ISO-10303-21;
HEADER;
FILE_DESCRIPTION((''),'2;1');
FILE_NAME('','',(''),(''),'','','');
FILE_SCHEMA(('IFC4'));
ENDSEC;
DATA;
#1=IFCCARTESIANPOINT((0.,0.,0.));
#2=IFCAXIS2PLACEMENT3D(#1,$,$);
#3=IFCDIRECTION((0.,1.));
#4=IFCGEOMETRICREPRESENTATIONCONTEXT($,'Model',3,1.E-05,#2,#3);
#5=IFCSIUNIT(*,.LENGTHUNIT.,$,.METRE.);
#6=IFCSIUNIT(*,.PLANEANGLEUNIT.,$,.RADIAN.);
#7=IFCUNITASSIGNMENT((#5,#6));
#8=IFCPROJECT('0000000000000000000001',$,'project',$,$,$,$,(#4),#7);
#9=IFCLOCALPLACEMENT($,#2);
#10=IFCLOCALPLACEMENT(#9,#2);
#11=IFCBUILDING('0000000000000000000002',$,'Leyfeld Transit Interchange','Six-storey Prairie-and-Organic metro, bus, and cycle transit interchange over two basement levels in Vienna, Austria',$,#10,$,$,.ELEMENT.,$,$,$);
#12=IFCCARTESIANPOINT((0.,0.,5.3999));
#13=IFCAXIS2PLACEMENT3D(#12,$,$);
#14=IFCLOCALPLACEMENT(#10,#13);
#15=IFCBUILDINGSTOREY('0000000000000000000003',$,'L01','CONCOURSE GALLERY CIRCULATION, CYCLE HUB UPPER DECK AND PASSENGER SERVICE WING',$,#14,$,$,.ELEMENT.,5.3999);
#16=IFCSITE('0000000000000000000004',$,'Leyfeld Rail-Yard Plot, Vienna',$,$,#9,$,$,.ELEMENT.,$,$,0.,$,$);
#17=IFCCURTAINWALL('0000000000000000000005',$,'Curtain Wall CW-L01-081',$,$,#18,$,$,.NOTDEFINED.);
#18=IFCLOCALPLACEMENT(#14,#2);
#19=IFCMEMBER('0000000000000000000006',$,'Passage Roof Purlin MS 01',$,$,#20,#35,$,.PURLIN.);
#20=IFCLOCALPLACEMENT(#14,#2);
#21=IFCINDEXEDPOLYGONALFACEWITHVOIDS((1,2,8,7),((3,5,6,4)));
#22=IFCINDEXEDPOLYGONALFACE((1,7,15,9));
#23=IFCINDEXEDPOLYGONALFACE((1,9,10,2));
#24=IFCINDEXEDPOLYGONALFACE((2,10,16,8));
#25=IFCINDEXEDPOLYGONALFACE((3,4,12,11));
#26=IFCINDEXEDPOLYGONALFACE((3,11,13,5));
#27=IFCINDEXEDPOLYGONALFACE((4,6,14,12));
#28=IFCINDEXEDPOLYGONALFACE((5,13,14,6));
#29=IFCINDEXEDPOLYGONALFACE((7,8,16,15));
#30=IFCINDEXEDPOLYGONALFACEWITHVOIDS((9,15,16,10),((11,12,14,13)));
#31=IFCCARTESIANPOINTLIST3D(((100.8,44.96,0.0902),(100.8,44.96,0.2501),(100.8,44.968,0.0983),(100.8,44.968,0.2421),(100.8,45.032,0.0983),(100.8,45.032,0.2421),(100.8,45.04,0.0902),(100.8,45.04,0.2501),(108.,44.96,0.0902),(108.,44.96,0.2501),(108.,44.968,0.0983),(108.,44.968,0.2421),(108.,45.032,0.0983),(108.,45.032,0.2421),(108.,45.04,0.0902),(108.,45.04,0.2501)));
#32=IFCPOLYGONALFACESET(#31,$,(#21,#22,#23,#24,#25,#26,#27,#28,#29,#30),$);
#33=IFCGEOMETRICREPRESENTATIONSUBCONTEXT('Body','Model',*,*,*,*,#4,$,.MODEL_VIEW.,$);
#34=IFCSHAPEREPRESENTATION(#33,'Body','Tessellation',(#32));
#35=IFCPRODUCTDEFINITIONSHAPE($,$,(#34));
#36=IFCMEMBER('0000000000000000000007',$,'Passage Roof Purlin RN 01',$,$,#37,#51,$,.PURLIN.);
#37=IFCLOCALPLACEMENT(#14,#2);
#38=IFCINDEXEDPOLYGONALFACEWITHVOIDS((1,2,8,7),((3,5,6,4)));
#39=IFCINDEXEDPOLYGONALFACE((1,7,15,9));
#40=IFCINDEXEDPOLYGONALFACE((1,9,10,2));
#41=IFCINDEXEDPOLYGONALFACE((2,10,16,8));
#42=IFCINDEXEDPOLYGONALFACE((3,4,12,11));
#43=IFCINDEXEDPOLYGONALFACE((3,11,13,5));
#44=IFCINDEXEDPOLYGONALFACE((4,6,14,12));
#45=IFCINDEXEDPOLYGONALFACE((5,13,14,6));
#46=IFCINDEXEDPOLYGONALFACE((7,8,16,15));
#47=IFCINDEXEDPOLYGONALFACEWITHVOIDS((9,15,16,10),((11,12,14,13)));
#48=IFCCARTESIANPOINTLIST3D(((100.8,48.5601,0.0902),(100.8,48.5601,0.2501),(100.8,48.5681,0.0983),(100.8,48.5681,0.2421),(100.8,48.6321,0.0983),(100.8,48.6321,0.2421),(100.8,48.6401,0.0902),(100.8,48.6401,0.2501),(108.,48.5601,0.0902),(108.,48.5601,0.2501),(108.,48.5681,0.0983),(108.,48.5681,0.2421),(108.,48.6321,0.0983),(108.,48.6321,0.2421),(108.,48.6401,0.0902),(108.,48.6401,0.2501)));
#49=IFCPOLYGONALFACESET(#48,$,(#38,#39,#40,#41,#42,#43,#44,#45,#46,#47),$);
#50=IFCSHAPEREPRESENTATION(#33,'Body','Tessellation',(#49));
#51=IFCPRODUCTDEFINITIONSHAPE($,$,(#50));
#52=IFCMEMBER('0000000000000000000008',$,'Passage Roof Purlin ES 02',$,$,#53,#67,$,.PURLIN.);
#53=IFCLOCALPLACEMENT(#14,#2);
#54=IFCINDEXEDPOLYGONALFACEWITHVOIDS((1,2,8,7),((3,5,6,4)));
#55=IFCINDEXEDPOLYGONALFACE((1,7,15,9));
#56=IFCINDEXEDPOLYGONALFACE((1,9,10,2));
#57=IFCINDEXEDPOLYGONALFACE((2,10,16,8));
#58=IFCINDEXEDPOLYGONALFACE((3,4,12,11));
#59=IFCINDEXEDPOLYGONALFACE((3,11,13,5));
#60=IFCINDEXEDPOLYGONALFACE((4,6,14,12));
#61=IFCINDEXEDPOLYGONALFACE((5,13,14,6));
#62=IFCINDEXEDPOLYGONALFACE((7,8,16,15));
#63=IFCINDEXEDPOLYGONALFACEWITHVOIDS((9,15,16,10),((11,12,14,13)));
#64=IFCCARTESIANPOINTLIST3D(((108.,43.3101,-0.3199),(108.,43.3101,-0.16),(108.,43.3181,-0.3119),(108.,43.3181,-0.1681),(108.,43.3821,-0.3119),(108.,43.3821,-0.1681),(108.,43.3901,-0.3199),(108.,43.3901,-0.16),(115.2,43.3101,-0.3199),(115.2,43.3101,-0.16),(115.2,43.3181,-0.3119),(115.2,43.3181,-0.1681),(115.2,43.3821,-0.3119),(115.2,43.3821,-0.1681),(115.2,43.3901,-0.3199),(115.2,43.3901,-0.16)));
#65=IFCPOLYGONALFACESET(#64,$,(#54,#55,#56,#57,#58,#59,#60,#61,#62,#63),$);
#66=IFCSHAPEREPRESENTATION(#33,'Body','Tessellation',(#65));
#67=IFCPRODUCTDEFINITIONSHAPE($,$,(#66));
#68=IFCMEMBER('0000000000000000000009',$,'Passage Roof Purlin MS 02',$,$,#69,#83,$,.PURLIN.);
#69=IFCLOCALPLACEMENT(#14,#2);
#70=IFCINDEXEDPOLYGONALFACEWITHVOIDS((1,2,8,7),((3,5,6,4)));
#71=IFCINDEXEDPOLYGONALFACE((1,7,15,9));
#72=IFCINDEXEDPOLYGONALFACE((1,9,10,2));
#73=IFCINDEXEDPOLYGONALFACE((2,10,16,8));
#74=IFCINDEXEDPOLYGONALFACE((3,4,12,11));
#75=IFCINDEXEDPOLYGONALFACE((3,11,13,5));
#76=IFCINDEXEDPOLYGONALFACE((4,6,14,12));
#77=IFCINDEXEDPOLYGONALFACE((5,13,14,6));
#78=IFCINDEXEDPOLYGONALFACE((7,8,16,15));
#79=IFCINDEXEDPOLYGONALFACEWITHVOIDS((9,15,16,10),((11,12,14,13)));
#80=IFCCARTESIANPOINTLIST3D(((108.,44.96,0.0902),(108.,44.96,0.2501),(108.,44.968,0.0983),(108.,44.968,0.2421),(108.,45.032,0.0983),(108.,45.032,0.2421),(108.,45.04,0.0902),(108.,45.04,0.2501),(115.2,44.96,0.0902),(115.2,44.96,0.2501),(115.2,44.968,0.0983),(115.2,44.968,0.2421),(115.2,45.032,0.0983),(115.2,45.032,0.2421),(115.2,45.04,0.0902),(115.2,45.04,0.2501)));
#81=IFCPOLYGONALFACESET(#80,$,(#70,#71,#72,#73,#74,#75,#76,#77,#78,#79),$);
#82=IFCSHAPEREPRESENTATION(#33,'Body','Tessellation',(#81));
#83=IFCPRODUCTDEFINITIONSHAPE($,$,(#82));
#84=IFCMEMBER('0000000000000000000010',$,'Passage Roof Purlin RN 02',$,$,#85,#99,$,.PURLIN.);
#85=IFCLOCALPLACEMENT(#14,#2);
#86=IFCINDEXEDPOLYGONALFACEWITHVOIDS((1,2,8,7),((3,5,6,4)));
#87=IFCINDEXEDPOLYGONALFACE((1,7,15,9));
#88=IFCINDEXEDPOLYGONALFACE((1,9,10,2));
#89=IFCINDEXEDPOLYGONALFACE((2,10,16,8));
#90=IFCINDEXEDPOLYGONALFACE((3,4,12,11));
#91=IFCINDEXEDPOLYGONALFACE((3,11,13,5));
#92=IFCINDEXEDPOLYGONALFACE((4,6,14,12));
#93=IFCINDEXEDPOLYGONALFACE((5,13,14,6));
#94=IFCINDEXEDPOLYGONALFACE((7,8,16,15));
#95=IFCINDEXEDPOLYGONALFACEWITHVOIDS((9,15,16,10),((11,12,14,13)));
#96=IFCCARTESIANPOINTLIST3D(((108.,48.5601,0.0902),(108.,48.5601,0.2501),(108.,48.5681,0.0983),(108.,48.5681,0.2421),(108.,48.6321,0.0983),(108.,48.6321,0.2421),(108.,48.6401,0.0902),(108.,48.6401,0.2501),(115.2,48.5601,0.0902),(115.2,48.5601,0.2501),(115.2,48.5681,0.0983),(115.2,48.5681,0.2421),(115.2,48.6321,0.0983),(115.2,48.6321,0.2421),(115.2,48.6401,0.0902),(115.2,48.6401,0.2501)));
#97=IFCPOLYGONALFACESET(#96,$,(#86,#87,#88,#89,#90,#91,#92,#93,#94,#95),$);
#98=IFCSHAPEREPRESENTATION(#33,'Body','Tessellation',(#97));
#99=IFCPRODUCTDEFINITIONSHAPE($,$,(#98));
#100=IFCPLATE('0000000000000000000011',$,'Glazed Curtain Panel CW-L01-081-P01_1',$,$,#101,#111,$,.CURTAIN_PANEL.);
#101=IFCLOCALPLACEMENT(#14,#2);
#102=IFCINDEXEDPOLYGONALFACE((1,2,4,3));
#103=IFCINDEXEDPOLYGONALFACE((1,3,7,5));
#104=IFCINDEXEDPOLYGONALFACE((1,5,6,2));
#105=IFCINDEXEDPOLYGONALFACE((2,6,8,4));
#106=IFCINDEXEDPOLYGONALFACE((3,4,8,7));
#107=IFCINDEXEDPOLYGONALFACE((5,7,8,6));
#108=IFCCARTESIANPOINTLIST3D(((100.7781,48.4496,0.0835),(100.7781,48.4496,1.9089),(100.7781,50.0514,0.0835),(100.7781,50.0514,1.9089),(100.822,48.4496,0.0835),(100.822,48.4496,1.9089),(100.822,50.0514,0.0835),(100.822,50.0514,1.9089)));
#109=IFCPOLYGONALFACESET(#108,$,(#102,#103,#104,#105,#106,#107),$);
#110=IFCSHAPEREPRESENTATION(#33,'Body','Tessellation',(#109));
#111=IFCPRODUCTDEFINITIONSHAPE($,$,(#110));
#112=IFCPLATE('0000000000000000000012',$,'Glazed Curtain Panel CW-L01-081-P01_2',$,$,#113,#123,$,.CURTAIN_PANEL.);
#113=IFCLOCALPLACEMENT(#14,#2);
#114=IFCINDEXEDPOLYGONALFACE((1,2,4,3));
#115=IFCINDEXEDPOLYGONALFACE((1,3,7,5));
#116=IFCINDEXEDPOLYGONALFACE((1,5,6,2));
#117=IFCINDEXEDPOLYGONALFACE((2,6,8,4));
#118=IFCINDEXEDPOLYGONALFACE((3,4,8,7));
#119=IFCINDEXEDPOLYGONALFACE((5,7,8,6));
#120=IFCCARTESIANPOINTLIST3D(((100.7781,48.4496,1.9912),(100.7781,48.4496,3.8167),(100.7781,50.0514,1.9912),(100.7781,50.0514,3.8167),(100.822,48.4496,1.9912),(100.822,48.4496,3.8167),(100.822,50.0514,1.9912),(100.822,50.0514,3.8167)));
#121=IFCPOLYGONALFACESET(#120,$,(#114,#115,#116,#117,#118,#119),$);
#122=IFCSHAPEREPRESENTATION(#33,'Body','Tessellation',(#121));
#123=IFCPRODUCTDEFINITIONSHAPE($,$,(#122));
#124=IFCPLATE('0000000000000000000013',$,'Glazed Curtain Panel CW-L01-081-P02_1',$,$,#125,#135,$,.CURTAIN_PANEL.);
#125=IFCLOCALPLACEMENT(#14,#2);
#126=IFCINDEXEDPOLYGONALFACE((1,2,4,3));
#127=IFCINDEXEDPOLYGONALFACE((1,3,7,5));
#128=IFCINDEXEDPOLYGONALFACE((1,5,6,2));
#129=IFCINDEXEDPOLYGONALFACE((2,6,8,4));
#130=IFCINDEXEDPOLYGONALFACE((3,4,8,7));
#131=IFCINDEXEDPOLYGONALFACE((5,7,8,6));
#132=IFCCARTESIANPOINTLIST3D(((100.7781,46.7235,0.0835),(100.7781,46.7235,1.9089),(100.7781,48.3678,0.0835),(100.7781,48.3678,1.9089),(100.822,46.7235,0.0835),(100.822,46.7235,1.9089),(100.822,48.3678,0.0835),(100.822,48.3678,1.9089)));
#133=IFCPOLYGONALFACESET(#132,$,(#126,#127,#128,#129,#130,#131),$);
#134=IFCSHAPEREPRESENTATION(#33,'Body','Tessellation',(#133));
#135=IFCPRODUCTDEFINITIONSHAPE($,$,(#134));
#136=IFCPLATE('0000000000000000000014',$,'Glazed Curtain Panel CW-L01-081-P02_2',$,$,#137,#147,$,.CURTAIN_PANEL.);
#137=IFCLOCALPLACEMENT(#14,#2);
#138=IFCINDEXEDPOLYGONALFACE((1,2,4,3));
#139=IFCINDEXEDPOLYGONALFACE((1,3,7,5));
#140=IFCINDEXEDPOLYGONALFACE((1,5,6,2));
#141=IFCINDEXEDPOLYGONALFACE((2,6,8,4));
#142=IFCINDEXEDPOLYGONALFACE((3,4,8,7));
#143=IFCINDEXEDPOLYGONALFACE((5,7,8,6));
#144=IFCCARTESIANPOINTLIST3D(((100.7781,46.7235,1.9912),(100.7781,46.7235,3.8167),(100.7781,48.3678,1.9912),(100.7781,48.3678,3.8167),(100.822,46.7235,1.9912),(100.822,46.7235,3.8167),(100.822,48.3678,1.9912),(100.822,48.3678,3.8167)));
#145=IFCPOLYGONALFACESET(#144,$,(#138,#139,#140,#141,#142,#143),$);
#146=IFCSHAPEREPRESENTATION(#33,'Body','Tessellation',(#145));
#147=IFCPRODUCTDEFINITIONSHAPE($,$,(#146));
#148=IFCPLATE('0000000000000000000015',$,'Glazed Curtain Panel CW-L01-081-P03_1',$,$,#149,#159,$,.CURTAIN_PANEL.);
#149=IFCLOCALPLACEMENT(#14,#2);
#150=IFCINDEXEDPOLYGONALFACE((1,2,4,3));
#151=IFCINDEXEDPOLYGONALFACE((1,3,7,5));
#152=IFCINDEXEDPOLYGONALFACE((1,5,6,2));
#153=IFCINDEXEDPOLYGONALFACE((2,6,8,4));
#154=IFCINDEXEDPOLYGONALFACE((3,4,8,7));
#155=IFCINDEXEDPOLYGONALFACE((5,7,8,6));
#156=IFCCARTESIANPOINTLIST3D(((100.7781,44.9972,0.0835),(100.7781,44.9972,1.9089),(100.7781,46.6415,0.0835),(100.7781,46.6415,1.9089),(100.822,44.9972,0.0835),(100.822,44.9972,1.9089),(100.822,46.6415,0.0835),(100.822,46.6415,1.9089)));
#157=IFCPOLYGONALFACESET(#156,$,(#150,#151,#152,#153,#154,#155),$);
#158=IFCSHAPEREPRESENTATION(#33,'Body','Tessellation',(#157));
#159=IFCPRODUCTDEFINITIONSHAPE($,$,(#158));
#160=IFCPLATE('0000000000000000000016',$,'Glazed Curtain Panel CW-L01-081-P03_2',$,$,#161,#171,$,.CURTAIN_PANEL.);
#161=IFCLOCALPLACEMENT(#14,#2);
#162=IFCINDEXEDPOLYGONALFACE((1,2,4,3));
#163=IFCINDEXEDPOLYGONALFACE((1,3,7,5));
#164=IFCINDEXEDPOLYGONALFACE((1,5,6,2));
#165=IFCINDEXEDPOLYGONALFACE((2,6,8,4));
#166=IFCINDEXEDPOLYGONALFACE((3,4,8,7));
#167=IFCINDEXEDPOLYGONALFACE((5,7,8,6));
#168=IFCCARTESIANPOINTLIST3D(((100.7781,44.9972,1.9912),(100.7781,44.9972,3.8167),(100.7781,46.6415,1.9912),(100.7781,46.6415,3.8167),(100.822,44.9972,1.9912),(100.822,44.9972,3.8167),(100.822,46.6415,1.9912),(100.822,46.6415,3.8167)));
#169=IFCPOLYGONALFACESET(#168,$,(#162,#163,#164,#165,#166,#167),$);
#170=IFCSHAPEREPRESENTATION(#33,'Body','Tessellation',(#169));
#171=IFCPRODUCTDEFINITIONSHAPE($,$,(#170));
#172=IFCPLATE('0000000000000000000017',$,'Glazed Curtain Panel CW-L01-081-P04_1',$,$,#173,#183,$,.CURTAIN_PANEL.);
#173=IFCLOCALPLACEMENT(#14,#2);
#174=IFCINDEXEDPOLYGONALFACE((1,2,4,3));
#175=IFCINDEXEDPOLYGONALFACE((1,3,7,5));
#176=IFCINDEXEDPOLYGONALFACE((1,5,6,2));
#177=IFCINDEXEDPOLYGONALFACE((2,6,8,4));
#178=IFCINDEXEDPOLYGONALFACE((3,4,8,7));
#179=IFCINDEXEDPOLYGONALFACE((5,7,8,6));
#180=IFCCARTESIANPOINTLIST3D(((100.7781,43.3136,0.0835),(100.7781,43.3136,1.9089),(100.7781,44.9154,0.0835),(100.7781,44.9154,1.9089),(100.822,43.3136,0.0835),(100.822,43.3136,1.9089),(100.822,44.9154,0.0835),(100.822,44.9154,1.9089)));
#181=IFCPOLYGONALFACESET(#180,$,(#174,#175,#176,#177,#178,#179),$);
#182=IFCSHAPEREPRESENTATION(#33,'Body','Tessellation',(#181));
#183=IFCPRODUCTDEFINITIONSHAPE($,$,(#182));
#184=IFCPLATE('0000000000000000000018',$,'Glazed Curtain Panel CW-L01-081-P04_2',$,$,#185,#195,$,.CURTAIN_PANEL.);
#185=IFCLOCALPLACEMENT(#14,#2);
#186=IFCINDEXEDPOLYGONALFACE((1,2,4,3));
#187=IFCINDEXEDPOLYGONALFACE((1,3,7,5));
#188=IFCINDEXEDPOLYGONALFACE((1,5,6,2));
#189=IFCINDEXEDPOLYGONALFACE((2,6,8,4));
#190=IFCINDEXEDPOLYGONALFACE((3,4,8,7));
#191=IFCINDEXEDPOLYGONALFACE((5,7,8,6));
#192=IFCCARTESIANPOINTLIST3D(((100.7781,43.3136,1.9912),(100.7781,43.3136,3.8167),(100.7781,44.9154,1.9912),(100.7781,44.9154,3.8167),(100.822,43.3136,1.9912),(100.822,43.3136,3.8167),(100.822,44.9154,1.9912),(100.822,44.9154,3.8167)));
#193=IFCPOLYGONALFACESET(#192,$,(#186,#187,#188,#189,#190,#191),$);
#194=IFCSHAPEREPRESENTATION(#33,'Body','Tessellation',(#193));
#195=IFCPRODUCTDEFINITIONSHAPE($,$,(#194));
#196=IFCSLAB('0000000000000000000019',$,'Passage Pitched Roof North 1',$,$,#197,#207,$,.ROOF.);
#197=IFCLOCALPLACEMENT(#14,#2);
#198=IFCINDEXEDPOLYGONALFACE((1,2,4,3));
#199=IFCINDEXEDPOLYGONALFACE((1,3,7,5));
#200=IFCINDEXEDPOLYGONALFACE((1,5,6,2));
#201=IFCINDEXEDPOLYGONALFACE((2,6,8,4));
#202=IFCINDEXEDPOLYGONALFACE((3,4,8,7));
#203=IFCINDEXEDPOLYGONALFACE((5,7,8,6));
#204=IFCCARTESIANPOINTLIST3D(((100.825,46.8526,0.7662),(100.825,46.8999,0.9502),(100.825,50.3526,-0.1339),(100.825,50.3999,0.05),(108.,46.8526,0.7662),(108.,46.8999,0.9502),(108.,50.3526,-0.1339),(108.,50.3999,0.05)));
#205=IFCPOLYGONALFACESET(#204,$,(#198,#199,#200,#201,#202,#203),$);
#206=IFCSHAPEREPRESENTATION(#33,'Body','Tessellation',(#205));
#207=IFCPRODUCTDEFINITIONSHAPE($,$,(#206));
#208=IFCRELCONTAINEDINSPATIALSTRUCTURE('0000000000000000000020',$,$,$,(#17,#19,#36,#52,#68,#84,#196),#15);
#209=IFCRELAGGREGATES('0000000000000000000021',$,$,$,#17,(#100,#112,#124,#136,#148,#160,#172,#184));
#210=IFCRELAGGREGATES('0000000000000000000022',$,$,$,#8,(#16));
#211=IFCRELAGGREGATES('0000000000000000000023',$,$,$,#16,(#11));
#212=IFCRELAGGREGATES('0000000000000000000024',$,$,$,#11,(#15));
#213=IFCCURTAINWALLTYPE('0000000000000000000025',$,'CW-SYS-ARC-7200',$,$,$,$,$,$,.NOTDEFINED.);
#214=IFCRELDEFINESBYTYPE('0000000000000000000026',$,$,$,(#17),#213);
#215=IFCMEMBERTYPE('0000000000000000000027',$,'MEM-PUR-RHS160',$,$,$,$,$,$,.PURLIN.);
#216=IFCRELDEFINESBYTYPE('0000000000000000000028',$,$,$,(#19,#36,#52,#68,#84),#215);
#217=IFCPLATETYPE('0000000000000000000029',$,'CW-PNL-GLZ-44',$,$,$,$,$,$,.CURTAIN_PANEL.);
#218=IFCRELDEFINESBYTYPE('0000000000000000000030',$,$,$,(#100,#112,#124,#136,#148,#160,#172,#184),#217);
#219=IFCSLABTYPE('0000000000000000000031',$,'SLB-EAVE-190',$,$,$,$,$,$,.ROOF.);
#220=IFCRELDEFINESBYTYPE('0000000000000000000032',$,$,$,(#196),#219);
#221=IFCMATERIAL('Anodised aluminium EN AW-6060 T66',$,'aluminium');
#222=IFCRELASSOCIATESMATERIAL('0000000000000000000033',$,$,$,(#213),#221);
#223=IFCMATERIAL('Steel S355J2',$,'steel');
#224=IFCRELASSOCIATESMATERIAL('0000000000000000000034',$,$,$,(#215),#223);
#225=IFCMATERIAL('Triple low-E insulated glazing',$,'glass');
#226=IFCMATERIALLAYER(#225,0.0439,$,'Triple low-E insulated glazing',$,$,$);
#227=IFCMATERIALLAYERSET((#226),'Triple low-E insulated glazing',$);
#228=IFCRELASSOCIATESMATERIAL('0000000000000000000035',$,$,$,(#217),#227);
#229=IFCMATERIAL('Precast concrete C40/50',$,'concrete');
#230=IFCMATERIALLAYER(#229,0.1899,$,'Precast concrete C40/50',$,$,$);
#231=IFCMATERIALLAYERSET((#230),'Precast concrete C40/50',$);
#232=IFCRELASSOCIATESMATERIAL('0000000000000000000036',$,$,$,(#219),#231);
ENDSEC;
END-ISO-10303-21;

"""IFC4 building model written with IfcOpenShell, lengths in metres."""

from ifc_helpers import new_model, si_unit, direction, frame, origin, origin_2d, place, context, subcontext, project, spatial, polyline, rectangle, hollow_rectangle, outline, extrude, material, layer, layer_set, material_profile, profile_set, type_object, element, aggregate, save


model = new_model("IFC4")

# Units and contexts
model_context = context("Model", 3, precision=1e-05, world=origin(), true_north=direction((0.0, 1.0)))
body_context = subcontext(model_context, "Body", "Model", "MODEL_VIEW")
ifc_project = project(units=[si_unit("LENGTHUNIT", "METRE"), si_unit("PLANEANGLEUNIT", "RADIAN")], contexts=[model_context])

# Site, building, storey
site_placement = place(None, origin())
site = spatial("IfcSite", under=ifc_project, at=site_placement, Name="Leyfeld Rail-Yard Plot, Vienna", CompositionType="ELEMENT", RefElevation=0.0)
building_placement = place(site_placement, origin())
building = spatial("IfcBuilding", under=site, at=building_placement, Name="Leyfeld Transit Interchange", Description="Six-storey Prairie-and-Organic metro, bus, and cycle transit interchange over two basement levels in Vienna, Austria", CompositionType="ELEMENT")
storey_placement = place(building_placement, frame((0.0, 0.0, 5.3999)))
storey = spatial("IfcBuildingStorey", under=building, at=storey_placement, Name="L01", Description="CONCOURSE GALLERY CIRCULATION, CYCLE HUB UPPER DECK AND PASSENGER SERVICE WING", CompositionType="ELEMENT", Elevation=5.3999)

# Shared definitions
ifc_material_1 = material(Name="Steel S355J2", Category="steel")

# Curtain wall
ifc_material_2 = material(Name="Anodised aluminium EN AW-6060 T66", Category="aluminium")
curtain_wall_type = type_object("IfcCurtainWallType", Name="CW-SYS-ARC-7200", PredefinedType="NOTDEFINED", material=ifc_material_2)
curtain_wall_placement = place(storey_placement, origin())
curtain_wall = element("IfcCurtainWall", 1, at=curtain_wall_placement, inside=storey, type_object=curtain_wall_type, Name="Curtain Wall CW-L01-081", PredefinedType="NOTDEFINED")

# Members
ifc_material_profile_1 = material_profile(ifc_material_1, hollow_rectangle(XDim=0.0801, YDim=0.1599, WallThickness=0.0081, at=origin_2d()), Name="RHS 160x80x8")
ifc_profile_set_1 = profile_set([ifc_material_profile_1], Name="Steel S355J2")
member_type_1 = type_object("IfcMemberType", Name="MEM-PUR-RHS160", PredefinedType="PURLIN", material=ifc_profile_set_1)
for number, where, z_axis, x_axis, name in (
    (2, (100.8, 45.0, 0.1702), (1.0, 0.0, 0.0), (0.0, 1.0, 0.0), "Passage Roof Purlin MS 01"),
    (3, (100.8, 48.6001, 0.1702), (1.0, 0.0, 0.0), (0.0, 1.0, 0.0), "Passage Roof Purlin RN 01"),
    (4, (108.0, 43.3501, -0.24), (1.0, 0.0, 0.0), (0.0, 1.0, 0.0), "Passage Roof Purlin ES 02"),
    (5, (108.0, 45.0, 0.1702), (1.0, 0.0, 0.0), (0.0, 1.0, 0.0), "Passage Roof Purlin MS 02"),
    (6, (108.0, 48.6001, 0.1702), (1.0, 0.0, 0.0), (0.0, 1.0, 0.0), "Passage Roof Purlin RN 02"),
):
    element("IfcMember", number, at=place(storey_placement, frame(where, z_axis=z_axis, x_axis=x_axis)), inside=storey, type_object=member_type_1, Name=name, PredefinedType="PURLIN", context=body_context, shape_type="SweptSolid", body=[
        extrude(hollow_rectangle(XDim=0.0801, YDim=0.1599, WallThickness=0.0081, at=origin_2d()), origin(), (0.0, 0.0, 1.0), 7.2),
    ])

# Plates
ifc_material_3 = material(Name="Triple low-E insulated glazing", Category="glass")
ifc_layer_1 = layer(ifc_material_3, 0.0439, Name="Triple low-E insulated glazing")
ifc_layer_set_1 = layer_set([ifc_layer_1], Name="Triple low-E insulated glazing")
plate_type = type_object("IfcPlateType", Name="CW-PNL-GLZ-44", PredefinedType="CURTAIN_PANEL", material=ifc_layer_set_1)
plate_1_placement = place(storey_placement, frame((100.8, 49.2505, 0.0835), z_axis=(0.0, 0.0, 1.0), x_axis=(0.0, -1.0, 0.0)))
plate_1 = element("IfcPlate", 7, at=plate_1_placement, type_object=plate_type, Name="Glazed Curtain Panel CW-L01-081-P01_1", PredefinedType="CURTAIN_PANEL", context=body_context, shape_type="SweptSolid", body=[
    extrude(rectangle(XDim=1.6018, YDim=0.0439, at=origin_2d()), origin(), (0.0, 0.0, 1.0), 1.8254),
])
plate_2_placement = place(storey_placement, frame((100.8, 49.2505, 1.9912), z_axis=(0.0, 0.0, 1.0), x_axis=(0.0, -1.0, 0.0)))
plate_2 = element("IfcPlate", 8, at=plate_2_placement, type_object=plate_type, Name="Glazed Curtain Panel CW-L01-081-P01_2", PredefinedType="CURTAIN_PANEL", context=body_context, shape_type="SweptSolid", body=[
    extrude(rectangle(XDim=1.6018, YDim=0.0439, at=origin_2d()), origin(), (0.0, 0.0, 1.0), 1.8254),
])
plate_3_placement = place(storey_placement, frame((100.8, 47.5457, 0.0835), z_axis=(0.0, 0.0, 1.0), x_axis=(0.0, -1.0, 0.0)))
plate_3 = element("IfcPlate", 9, at=plate_3_placement, type_object=plate_type, Name="Glazed Curtain Panel CW-L01-081-P02_1", PredefinedType="CURTAIN_PANEL", context=body_context, shape_type="SweptSolid", body=[
    extrude(rectangle(XDim=1.6443, YDim=0.0439, at=origin_2d()), origin(), (0.0, 0.0, 1.0), 1.8254),
])
plate_4_placement = place(storey_placement, frame((100.8, 47.5457, 1.9912), z_axis=(0.0, 0.0, 1.0), x_axis=(0.0, -1.0, 0.0)))
plate_4 = element("IfcPlate", 10, at=plate_4_placement, type_object=plate_type, Name="Glazed Curtain Panel CW-L01-081-P02_2", PredefinedType="CURTAIN_PANEL", context=body_context, shape_type="SweptSolid", body=[
    extrude(rectangle(XDim=1.6443, YDim=0.0439, at=origin_2d()), origin(), (0.0, 0.0, 1.0), 1.8254),
])
plate_5_placement = place(storey_placement, frame((100.8, 45.8193, 0.0835), z_axis=(0.0, 0.0, 1.0), x_axis=(0.0, -1.0, 0.0)))
plate_5 = element("IfcPlate", 11, at=plate_5_placement, type_object=plate_type, Name="Glazed Curtain Panel CW-L01-081-P03_1", PredefinedType="CURTAIN_PANEL", context=body_context, shape_type="SweptSolid", body=[
    extrude(rectangle(XDim=1.6443, YDim=0.0439, at=origin_2d()), origin(), (0.0, 0.0, 1.0), 1.8254),
])
plate_6_placement = place(storey_placement, frame((100.8, 45.8193, 1.9912), z_axis=(0.0, 0.0, 1.0), x_axis=(0.0, -1.0, 0.0)))
plate_6 = element("IfcPlate", 12, at=plate_6_placement, type_object=plate_type, Name="Glazed Curtain Panel CW-L01-081-P03_2", PredefinedType="CURTAIN_PANEL", context=body_context, shape_type="SweptSolid", body=[
    extrude(rectangle(XDim=1.6443, YDim=0.0439, at=origin_2d()), origin(), (0.0, 0.0, 1.0), 1.8254),
])
plate_7_placement = place(storey_placement, frame((100.8, 44.1145, 0.0835), z_axis=(0.0, 0.0, 1.0), x_axis=(0.0, -1.0, 0.0)))
plate_7 = element("IfcPlate", 13, at=plate_7_placement, type_object=plate_type, Name="Glazed Curtain Panel CW-L01-081-P04_1", PredefinedType="CURTAIN_PANEL", context=body_context, shape_type="SweptSolid", body=[
    extrude(rectangle(XDim=1.6018, YDim=0.0439, at=origin_2d()), origin(), (0.0, 0.0, 1.0), 1.8254),
])
plate_8_placement = place(storey_placement, frame((100.8, 44.1145, 1.9912), z_axis=(0.0, 0.0, 1.0), x_axis=(0.0, -1.0, 0.0)))
plate_8 = element("IfcPlate", 14, at=plate_8_placement, type_object=plate_type, Name="Glazed Curtain Panel CW-L01-081-P04_2", PredefinedType="CURTAIN_PANEL", context=body_context, shape_type="SweptSolid", body=[
    extrude(rectangle(XDim=1.6018, YDim=0.0439, at=origin_2d()), origin(), (0.0, 0.0, 1.0), 1.8254),
])
aggregate(curtain_wall, [plate_1, plate_2, plate_3, plate_4, plate_5, plate_6, plate_7, plate_8])

# Slab
ifc_material_4 = material(Name="Precast concrete C40/50", Category="concrete")
ifc_layer_2 = layer(ifc_material_4, 0.1899, Name="Precast concrete C40/50")
ifc_layer_set_2 = layer_set([ifc_layer_2], Name="Precast concrete C40/50")
slab_type = type_object("IfcSlabType", Name="SLB-EAVE-190", PredefinedType="ROOF", material=ifc_layer_set_2)
slab_placement = place(storey_placement, frame((100.825, 46.8999, 0.9502), z_axis=(0.0, 0.249079, 0.968483), x_axis=(1.0, 0.0, 0.0)))
element("IfcSlab", 15, at=slab_placement, inside=storey, type_object=slab_type, Name="Passage Pitched Roof North 1", PredefinedType="ROOF", context=body_context, shape_type="SweptSolid", body=[
    extrude(outline(polyline([(0.0, 0.0), (7.175, 0.0), (7.175, 3.6139), (0.0, 3.6139), (0.0, 0.0)])), origin(), (0.0, 0.0, -1.0), 0.1899),
])

save(model, "model.ifc")
